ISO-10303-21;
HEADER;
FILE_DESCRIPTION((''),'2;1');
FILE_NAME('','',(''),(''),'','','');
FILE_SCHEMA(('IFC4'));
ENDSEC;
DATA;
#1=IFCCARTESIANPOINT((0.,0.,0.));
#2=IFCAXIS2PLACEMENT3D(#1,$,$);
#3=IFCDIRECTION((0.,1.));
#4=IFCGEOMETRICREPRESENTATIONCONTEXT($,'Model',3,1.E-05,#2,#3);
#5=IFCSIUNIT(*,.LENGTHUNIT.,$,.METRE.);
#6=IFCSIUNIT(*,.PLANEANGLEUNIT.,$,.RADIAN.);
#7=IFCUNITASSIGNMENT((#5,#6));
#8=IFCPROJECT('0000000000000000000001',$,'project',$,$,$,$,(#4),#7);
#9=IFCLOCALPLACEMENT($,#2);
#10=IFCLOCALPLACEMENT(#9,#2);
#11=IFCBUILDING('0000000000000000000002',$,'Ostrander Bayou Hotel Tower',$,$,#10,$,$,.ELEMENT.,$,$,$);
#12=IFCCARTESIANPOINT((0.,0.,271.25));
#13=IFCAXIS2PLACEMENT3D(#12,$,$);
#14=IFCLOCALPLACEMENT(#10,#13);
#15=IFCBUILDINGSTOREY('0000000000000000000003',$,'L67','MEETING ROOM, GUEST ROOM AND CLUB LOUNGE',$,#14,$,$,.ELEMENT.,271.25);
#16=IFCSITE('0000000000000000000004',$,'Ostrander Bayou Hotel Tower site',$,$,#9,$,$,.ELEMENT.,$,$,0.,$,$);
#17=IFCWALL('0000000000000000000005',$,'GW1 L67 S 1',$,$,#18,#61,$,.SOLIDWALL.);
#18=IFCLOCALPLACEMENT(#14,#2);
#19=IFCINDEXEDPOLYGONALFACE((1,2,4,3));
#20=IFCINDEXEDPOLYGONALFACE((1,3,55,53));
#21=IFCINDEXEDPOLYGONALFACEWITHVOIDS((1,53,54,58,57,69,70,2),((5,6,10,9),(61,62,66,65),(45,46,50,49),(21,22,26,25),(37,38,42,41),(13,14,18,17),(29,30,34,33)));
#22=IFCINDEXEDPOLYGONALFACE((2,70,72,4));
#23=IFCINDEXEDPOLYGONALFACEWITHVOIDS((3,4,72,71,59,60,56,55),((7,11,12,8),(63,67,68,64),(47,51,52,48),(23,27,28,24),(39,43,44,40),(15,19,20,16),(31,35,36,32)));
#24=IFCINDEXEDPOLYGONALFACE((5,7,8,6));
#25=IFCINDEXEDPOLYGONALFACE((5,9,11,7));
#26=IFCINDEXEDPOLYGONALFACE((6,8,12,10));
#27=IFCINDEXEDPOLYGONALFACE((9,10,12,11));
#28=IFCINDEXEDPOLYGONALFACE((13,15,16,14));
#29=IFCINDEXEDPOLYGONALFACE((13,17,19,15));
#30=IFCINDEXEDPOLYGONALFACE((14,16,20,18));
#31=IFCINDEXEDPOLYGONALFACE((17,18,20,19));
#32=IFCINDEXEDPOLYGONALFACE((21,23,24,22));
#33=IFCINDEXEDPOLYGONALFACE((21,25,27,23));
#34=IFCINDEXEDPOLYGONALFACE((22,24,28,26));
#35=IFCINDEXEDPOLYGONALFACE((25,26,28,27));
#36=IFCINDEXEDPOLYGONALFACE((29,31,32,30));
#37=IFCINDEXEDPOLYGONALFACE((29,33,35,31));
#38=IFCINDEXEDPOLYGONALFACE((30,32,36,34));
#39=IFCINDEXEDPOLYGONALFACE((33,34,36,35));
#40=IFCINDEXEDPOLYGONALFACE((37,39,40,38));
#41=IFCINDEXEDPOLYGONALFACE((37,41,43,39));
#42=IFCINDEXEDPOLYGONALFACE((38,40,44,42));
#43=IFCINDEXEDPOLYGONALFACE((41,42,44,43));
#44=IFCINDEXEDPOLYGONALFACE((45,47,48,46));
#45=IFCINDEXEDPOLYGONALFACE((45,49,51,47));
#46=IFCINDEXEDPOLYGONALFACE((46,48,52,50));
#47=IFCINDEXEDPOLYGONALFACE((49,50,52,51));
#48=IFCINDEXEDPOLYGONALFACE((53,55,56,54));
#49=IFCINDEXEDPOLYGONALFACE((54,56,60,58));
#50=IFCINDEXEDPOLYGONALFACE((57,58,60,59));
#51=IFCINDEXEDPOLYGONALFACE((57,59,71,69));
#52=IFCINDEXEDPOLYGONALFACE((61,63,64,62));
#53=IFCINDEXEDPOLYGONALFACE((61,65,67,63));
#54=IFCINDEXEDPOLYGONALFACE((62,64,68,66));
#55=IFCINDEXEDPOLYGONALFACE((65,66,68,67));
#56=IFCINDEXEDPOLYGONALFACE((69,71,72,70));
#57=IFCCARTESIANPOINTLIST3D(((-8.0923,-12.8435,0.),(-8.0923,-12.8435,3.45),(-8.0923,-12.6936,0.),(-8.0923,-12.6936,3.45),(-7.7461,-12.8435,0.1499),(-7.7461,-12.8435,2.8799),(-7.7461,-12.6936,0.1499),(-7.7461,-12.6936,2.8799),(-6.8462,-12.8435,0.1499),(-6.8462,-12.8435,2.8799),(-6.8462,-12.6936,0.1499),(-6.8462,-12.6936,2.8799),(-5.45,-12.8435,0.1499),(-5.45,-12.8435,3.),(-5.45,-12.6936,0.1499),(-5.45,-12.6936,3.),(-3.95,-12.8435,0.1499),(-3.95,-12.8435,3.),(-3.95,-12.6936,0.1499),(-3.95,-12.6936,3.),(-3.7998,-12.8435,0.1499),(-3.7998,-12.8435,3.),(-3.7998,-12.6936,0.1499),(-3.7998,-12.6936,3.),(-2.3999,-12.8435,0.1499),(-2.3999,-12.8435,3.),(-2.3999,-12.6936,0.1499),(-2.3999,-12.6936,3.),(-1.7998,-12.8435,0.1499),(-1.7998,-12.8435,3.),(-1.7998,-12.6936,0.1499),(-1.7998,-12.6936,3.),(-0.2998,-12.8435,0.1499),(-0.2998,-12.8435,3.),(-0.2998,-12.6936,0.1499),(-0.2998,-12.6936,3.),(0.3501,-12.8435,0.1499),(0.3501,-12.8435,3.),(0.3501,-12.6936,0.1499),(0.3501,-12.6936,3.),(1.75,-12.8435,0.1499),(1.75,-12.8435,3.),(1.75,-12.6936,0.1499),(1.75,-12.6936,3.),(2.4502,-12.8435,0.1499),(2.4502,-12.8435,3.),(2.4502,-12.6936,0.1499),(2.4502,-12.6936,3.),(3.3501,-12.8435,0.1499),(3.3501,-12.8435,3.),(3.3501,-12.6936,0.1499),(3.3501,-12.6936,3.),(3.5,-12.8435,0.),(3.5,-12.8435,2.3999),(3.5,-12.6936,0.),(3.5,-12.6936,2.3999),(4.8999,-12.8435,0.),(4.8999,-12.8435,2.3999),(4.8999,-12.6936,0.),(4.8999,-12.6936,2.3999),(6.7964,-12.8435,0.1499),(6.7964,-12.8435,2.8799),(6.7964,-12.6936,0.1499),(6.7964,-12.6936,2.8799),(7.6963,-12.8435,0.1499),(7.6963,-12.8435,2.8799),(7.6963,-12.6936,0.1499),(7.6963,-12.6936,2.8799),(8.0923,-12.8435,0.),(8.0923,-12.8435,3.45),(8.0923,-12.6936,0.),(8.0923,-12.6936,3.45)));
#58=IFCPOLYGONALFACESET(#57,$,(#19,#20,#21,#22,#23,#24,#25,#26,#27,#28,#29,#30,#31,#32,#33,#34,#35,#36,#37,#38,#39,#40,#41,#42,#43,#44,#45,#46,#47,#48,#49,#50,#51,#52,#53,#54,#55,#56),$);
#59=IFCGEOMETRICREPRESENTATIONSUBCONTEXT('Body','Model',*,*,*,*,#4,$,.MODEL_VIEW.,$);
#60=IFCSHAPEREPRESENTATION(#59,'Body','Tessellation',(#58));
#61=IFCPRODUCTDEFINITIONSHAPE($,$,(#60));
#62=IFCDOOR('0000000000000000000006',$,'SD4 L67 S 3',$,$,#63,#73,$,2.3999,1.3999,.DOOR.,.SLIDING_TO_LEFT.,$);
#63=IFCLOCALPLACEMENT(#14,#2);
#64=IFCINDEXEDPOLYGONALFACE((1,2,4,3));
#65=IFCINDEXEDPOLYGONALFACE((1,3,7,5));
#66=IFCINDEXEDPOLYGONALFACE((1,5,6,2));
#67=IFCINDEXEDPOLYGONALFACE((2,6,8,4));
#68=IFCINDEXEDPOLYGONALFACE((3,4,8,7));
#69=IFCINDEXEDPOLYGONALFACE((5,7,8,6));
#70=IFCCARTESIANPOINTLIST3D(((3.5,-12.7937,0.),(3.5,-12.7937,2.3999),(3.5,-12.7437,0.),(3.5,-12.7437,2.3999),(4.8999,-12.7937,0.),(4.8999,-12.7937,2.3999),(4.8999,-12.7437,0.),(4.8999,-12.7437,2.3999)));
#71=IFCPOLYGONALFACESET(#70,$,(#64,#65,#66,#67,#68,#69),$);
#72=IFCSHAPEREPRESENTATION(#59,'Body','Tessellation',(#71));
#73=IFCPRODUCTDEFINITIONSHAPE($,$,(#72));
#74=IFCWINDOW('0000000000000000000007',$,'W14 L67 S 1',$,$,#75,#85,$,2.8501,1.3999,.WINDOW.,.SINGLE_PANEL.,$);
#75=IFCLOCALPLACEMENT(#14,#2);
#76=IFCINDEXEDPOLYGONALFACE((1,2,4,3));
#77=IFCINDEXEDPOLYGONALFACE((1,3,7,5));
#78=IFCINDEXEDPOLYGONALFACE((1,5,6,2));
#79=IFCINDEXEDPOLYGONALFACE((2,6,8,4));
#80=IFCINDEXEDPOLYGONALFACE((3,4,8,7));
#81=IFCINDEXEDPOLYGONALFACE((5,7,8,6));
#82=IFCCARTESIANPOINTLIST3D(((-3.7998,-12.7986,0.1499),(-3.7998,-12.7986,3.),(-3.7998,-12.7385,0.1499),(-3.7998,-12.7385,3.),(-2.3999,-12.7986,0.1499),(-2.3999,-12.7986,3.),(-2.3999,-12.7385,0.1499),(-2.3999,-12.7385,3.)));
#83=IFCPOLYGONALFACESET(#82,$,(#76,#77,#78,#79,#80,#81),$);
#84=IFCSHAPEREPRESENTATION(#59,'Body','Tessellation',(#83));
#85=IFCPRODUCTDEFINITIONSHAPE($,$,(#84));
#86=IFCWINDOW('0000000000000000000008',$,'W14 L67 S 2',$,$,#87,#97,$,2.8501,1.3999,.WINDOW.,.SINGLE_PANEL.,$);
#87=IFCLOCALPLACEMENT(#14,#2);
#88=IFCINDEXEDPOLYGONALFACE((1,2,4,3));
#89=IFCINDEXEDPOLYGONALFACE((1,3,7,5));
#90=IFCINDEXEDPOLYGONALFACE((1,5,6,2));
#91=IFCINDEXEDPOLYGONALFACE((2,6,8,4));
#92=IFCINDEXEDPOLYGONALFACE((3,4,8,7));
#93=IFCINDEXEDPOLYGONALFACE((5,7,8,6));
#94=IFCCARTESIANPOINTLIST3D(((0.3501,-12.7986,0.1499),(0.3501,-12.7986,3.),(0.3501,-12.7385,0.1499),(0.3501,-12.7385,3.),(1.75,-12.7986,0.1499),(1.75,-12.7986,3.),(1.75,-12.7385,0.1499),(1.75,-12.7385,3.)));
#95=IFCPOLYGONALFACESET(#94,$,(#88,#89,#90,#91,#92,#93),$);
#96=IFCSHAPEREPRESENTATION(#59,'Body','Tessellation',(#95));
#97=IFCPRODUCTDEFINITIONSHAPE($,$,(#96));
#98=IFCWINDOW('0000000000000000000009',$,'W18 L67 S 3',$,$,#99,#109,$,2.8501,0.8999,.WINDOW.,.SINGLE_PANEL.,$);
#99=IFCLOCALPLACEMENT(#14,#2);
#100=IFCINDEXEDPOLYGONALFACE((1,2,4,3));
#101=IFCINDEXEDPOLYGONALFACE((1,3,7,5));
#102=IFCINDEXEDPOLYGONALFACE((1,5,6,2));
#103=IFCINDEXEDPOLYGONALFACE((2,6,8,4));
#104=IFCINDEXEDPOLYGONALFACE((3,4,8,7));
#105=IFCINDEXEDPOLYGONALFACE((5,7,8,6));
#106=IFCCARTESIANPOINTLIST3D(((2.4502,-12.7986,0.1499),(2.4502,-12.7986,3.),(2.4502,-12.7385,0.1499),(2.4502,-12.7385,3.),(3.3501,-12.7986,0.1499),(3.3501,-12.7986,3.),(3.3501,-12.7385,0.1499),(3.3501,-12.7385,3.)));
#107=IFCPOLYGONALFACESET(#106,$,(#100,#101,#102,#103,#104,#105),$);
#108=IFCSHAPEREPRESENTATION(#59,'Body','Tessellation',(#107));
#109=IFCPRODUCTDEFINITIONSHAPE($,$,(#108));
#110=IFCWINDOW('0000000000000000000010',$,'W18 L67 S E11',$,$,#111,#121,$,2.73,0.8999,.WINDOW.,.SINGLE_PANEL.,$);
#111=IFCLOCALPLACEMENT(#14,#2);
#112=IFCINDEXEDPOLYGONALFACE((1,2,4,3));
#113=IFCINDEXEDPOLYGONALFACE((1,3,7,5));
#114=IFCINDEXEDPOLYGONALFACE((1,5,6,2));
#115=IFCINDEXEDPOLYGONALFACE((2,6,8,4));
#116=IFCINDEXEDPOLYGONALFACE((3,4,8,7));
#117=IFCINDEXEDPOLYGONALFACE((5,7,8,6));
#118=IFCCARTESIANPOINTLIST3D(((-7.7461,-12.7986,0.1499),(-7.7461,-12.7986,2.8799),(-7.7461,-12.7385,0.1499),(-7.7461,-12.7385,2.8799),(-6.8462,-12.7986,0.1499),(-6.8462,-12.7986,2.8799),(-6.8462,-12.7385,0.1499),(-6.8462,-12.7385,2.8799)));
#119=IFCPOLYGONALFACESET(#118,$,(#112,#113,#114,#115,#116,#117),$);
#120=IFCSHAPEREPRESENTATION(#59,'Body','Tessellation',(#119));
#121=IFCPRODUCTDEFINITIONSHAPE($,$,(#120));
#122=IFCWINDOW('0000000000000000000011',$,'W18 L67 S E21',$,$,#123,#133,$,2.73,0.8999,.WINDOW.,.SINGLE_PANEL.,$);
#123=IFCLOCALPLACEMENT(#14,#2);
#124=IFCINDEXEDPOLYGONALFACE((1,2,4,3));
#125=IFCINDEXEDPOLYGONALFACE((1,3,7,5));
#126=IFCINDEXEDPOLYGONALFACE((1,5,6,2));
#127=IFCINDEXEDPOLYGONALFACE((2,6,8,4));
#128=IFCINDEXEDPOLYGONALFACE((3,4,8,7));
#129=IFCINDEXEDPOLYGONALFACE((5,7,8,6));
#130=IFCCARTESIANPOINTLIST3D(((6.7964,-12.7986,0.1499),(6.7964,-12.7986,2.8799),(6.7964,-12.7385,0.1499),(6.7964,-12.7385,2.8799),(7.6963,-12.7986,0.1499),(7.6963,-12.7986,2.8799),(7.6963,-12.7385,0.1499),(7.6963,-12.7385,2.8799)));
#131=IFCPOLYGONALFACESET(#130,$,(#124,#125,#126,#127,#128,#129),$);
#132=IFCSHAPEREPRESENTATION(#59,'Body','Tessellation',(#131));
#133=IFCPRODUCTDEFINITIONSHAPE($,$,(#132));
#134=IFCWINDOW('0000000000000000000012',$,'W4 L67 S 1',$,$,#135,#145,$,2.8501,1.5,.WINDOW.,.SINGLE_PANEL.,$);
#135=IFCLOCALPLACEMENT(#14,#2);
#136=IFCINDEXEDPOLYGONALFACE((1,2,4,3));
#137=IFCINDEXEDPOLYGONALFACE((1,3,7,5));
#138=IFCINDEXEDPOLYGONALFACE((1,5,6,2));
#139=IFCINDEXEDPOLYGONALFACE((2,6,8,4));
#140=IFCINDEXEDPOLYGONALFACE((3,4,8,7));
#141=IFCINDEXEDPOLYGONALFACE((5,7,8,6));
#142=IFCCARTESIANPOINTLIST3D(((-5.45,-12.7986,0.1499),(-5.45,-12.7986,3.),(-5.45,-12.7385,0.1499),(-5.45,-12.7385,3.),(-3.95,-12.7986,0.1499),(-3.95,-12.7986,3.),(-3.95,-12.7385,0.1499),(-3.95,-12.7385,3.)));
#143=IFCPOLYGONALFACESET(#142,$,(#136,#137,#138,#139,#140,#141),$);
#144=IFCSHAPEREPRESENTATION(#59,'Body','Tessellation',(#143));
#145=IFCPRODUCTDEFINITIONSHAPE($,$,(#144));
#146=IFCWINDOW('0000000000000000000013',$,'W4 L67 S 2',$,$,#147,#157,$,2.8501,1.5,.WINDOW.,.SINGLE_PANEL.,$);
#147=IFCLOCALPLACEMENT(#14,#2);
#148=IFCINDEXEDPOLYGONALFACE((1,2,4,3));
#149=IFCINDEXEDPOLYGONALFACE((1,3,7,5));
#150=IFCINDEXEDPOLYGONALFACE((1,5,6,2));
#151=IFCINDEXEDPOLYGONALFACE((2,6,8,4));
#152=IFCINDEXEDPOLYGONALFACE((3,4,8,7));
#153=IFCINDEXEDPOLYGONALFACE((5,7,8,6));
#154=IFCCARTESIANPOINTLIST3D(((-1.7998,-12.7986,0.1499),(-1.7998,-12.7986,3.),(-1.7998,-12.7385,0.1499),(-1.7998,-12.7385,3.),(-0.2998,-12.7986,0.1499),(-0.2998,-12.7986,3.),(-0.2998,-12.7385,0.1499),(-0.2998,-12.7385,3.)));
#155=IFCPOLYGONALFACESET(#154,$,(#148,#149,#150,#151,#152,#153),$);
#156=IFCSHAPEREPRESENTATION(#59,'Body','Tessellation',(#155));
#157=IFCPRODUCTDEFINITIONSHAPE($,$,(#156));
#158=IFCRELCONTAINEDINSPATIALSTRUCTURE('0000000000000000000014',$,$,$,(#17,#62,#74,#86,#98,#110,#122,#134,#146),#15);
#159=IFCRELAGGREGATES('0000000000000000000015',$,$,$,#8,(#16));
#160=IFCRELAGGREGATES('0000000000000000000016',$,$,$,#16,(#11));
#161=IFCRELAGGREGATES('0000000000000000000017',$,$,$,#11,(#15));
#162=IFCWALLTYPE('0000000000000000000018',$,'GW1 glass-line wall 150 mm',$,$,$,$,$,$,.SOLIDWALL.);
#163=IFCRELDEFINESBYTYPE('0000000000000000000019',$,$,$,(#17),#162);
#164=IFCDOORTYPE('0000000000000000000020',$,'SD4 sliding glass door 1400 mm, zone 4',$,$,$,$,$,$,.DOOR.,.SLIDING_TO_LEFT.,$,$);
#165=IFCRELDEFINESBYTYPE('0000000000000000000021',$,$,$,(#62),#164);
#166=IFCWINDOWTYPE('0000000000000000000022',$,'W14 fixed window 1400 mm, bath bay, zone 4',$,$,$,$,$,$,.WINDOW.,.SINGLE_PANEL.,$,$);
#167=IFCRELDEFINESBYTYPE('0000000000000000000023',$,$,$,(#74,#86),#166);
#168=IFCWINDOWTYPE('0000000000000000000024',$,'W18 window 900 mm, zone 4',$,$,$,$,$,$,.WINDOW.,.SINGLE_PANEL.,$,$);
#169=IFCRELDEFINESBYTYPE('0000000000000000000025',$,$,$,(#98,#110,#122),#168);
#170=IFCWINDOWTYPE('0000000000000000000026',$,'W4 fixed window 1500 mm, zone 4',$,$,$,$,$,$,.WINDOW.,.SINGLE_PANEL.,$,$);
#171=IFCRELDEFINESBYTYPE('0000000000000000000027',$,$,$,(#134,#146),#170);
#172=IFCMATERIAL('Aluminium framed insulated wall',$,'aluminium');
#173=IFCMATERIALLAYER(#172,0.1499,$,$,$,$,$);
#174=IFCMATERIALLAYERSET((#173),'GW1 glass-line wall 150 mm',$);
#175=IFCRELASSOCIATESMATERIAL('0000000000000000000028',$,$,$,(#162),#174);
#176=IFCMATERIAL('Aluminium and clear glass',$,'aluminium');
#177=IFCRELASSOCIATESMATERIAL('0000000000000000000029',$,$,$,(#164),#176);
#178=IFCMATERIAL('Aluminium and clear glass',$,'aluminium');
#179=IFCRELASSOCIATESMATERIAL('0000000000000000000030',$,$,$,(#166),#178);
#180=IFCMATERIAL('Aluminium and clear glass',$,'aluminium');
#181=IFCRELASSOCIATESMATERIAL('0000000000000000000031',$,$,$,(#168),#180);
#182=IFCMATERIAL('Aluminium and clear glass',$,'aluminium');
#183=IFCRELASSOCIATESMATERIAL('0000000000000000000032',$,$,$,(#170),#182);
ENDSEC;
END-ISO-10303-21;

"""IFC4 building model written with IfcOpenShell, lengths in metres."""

from ifc_helpers import new_model, si_unit, direction, frame, frame_2d, origin, place, context, subcontext, project, spatial, rectangle, extrude, material, layer, layer_set, type_object, element, fill, save


model = new_model("IFC4")

# Units and contexts
model_context = context("Model", 3, precision=1e-05, world=origin(), true_north=direction((0.0, 1.0)))
body_context = subcontext(model_context, "Body", "Model", "MODEL_VIEW")
ifc_project = project(units=[si_unit("LENGTHUNIT", "METRE"), si_unit("PLANEANGLEUNIT", "RADIAN")], contexts=[model_context])

# Site, building, storey
site_placement = place(None, origin())
site = spatial("IfcSite", under=ifc_project, at=site_placement, Name="Ostrander Bayou Hotel Tower site", CompositionType="ELEMENT", RefElevation=0.0)
building_placement = place(site_placement, origin())
building = spatial("IfcBuilding", under=site, at=building_placement, Name="Ostrander Bayou Hotel Tower", CompositionType="ELEMENT")
storey_placement = place(building_placement, frame((0.0, 0.0, 271.25)))
storey = spatial("IfcBuildingStorey", under=building, at=storey_placement, Name="L67", Description="MEETING ROOM, GUEST ROOM AND CLUB LOUNGE", CompositionType="ELEMENT", Elevation=271.25)

# Wall, openings, door, windows
ifc_material_1 = material(Name="Aluminium framed insulated wall", Category="aluminium")
ifc_layer_1 = layer(ifc_material_1, 0.1499)
ifc_layer_set_1 = layer_set([ifc_layer_1], Name="GW1 glass-line wall 150 mm")
wall_type_1 = type_object("IfcWallType", Name="GW1 glass-line wall 150 mm", PredefinedType="SOLIDWALL", material=ifc_layer_set_1)
wall_1_placement = place(storey_placement, frame((-8.0923, -12.7686, 0.0), z_axis=(0.0, 0.0, 1.0), x_axis=(1.0, 0.0, 0.0)))
wall_1 = element("IfcWall", 1, at=wall_1_placement, inside=storey, type_object=wall_type_1, Name="GW1 L67 S 1", PredefinedType="SOLIDWALL", context=body_context, shape_type="SweptSolid", body=[
    extrude(rectangle(XDim=16.1846, YDim=0.1499, at=frame_2d((8.0923, 0.0))), origin(), (0.0, 0.0, 1.0), 3.45),
])
opening_1_placement = place(wall_1_placement, frame((2.6423, 0.0, 0.1499)))
opening_1 = element("IfcOpeningElement", 2, at=opening_1_placement, cuts=wall_1, PredefinedType="OPENING", context=body_context, shape_type="SweptSolid", body=[
    extrude(rectangle(XDim=1.5, YDim=2.8501, at=frame_2d((0.75, 1.425))), frame((0.0, 0.075, 0.0), z_axis=(0.0, -1.0, 0.0), x_axis=(1.0, 0.0, 0.0)), (0.0, 0.0, 1.0), 0.1499),
])
opening_2_placement = place(wall_1_placement, frame((4.2925, 0.0, 0.1499)))
opening_2 = element("IfcOpeningElement", 3, at=opening_2_placement, cuts=wall_1, PredefinedType="OPENING", context=body_context, shape_type="SweptSolid", body=[
    extrude(rectangle(XDim=1.3999, YDim=2.8501, at=frame_2d((0.7, 1.425))), frame((0.0, 0.075, 0.0), z_axis=(0.0, -1.0, 0.0), x_axis=(1.0, 0.0, 0.0)), (0.0, 0.0, 1.0), 0.1499),
])
opening_3_placement = place(wall_1_placement, frame((6.2925, 0.0, 0.1499)))
opening_3 = element("IfcOpeningElement", 4, at=opening_3_placement, cuts=wall_1, PredefinedType="OPENING", context=body_context, shape_type="SweptSolid", body=[
    extrude(rectangle(XDim=1.5, YDim=2.8501, at=frame_2d((0.75, 1.425))), frame((0.0, 0.075, 0.0), z_axis=(0.0, -1.0, 0.0), x_axis=(1.0, 0.0, 0.0)), (0.0, 0.0, 1.0), 0.1499),
])
opening_4_placement = place(wall_1_placement, frame((8.4424, 0.0, 0.1499)))
opening_4 = element("IfcOpeningElement", 5, at=opening_4_placement, cuts=wall_1, PredefinedType="OPENING", context=body_context, shape_type="SweptSolid", body=[
    extrude(rectangle(XDim=1.3999, YDim=2.8501, at=frame_2d((0.7, 1.425))), frame((0.0, 0.075, 0.0), z_axis=(0.0, -1.0, 0.0), x_axis=(1.0, 0.0, 0.0)), (0.0, 0.0, 1.0), 0.1499),
])
opening_5_placement = place(wall_1_placement, frame((10.5425, 0.0, 0.1499)))
opening_5 = element("IfcOpeningElement", 6, at=opening_5_placement, cuts=wall_1, PredefinedType="OPENING", context=body_context, shape_type="SweptSolid", body=[
    extrude(rectangle(XDim=0.8999, YDim=2.8501, at=frame_2d((0.45, 1.425))), frame((0.0, 0.075, 0.0), z_axis=(0.0, -1.0, 0.0), x_axis=(1.0, 0.0, 0.0)), (0.0, 0.0, 1.0), 0.1499),
])
opening_6_placement = place(wall_1_placement, frame((11.5923, 0.0, 0.0)))
opening_6 = element("IfcOpeningElement", 7, at=opening_6_placement, cuts=wall_1, PredefinedType="OPENING", context=body_context, shape_type="SweptSolid", body=[
    extrude(rectangle(XDim=1.3999, YDim=2.3999, at=frame_2d((0.7, 1.2))), frame((0.0, 0.075, 0.0), z_axis=(0.0, -1.0, 0.0), x_axis=(1.0, 0.0, 0.0)), (0.0, 0.0, 1.0), 0.1499),
])
opening_7_placement = place(wall_1_placement, frame((0.3462, 0.0, 0.1499)))
opening_7 = element("IfcOpeningElement", 8, at=opening_7_placement, cuts=wall_1, PredefinedType="OPENING", context=body_context, shape_type="SweptSolid", body=[
    extrude(rectangle(XDim=0.8999, YDim=2.73, at=frame_2d((0.45, 1.365))), frame((0.0, 0.075, 0.0), z_axis=(0.0, -1.0, 0.0), x_axis=(1.0, 0.0, 0.0)), (0.0, 0.0, 1.0), 0.1499),
])
opening_8_placement = place(wall_1_placement, frame((14.8887, 0.0, 0.1499)))
opening_8 = element("IfcOpeningElement", 9, at=opening_8_placement, cuts=wall_1, PredefinedType="OPENING", context=body_context, shape_type="SweptSolid", body=[
    extrude(rectangle(XDim=0.8999, YDim=2.73, at=frame_2d((0.45, 1.365))), frame((0.0, 0.075, 0.0), z_axis=(0.0, -1.0, 0.0), x_axis=(1.0, 0.0, 0.0)), (0.0, 0.0, 1.0), 0.1499),
])
ifc_material_2 = material(Name="Aluminium and clear glass", Category="aluminium")
door_type_1 = type_object("IfcDoorType", Name="SD4 sliding glass door 1400 mm, zone 4", OperationType="SLIDING_TO_LEFT", PredefinedType="DOOR", material=ifc_material_2)
door_1_placement = place(opening_6_placement, origin())
door_1 = element("IfcDoor", 10, at=door_1_placement, inside=storey, type_object=door_type_1, Name="SD4 L67 S 3", OperationType="SLIDING_TO_LEFT", OverallHeight=2.3999, OverallWidth=1.3999, PredefinedType="DOOR", context=body_context, shape_type="SweptSolid", body=[
    extrude(rectangle(XDim=1.3999, YDim=2.3999, at=frame_2d((0.7, 1.2))), frame((0.0, 0.0249, 0.0), z_axis=(0.0, -1.0, 0.0), x_axis=(1.0, 0.0, 0.0)), (0.0, 0.0, 1.0), 0.05),
])
fill(opening_6, door_1)
ifc_material_3 = material(Name="Aluminium and clear glass", Category="aluminium")
window_type_1 = type_object("IfcWindowType", Name="W14 fixed window 1400 mm, bath bay, zone 4", PartitioningType="SINGLE_PANEL", PredefinedType="WINDOW", material=ifc_material_3)
window_1_placement = place(opening_2_placement, origin())
window_1 = element("IfcWindow", 11, at=window_1_placement, inside=storey, type_object=window_type_1, Name="W14 L67 S 1", OverallHeight=2.8501, OverallWidth=1.3999, PartitioningType="SINGLE_PANEL", PredefinedType="WINDOW", context=body_context, shape_type="SweptSolid", body=[
    extrude(rectangle(XDim=1.3999, YDim=2.8501, at=frame_2d((0.7, 1.425))), frame((0.0, 0.03, 0.0), z_axis=(0.0, -1.0, 0.0), x_axis=(1.0, 0.0, 0.0)), (0.0, 0.0, 1.0), 0.0601),
])
fill(opening_2, window_1)
window_2_placement = place(opening_4_placement, origin())
window_2 = element("IfcWindow", 12, at=window_2_placement, inside=storey, type_object=window_type_1, Name="W14 L67 S 2", OverallHeight=2.8501, OverallWidth=1.3999, PartitioningType="SINGLE_PANEL", PredefinedType="WINDOW", context=body_context, shape_type="SweptSolid", body=[
    extrude(rectangle(XDim=1.3999, YDim=2.8501, at=frame_2d((0.7, 1.425))), frame((0.0, 0.03, 0.0), z_axis=(0.0, -1.0, 0.0), x_axis=(1.0, 0.0, 0.0)), (0.0, 0.0, 1.0), 0.0601),
])
fill(opening_4, window_2)
ifc_material_4 = material(Name="Aluminium and clear glass", Category="aluminium")
window_type_2 = type_object("IfcWindowType", Name="W18 window 900 mm, zone 4", PartitioningType="SINGLE_PANEL", PredefinedType="WINDOW", material=ifc_material_4)
window_3_placement = place(opening_5_placement, origin())
window_3 = element("IfcWindow", 13, at=window_3_placement, inside=storey, type_object=window_type_2, Name="W18 L67 S 3", OverallHeight=2.8501, OverallWidth=0.8999, PartitioningType="SINGLE_PANEL", PredefinedType="WINDOW", context=body_context, shape_type="SweptSolid", body=[
    extrude(rectangle(XDim=0.8999, YDim=2.8501, at=frame_2d((0.45, 1.425))), frame((0.0, 0.03, 0.0), z_axis=(0.0, -1.0, 0.0), x_axis=(1.0, 0.0, 0.0)), (0.0, 0.0, 1.0), 0.0601),
])
fill(opening_5, window_3)
window_4_placement = place(opening_7_placement, origin())
window_4 = element("IfcWindow", 14, at=window_4_placement, inside=storey, type_object=window_type_2, Name="W18 L67 S E11", OverallHeight=2.73, OverallWidth=0.8999, PartitioningType="SINGLE_PANEL", PredefinedType="WINDOW", context=body_context, shape_type="SweptSolid", body=[
    extrude(rectangle(XDim=0.8999, YDim=2.73, at=frame_2d((0.45, 1.365))), frame((0.0, 0.03, 0.0), z_axis=(0.0, -1.0, 0.0), x_axis=(1.0, 0.0, 0.0)), (0.0, 0.0, 1.0), 0.0601),
])
fill(opening_7, window_4)
window_5_placement = place(opening_8_placement, origin())
window_5 = element("IfcWindow", 15, at=window_5_placement, inside=storey, type_object=window_type_2, Name="W18 L67 S E21", OverallHeight=2.73, OverallWidth=0.8999, PartitioningType="SINGLE_PANEL", PredefinedType="WINDOW", context=body_context, shape_type="SweptSolid", body=[
    extrude(rectangle(XDim=0.8999, YDim=2.73, at=frame_2d((0.45, 1.365))), frame((0.0, 0.03, 0.0), z_axis=(0.0, -1.0, 0.0), x_axis=(1.0, 0.0, 0.0)), (0.0, 0.0, 1.0), 0.0601),
])
fill(opening_8, window_5)
ifc_material_5 = material(Name="Aluminium and clear glass", Category="aluminium")
window_type_3 = type_object("IfcWindowType", Name="W4 fixed window 1500 mm, zone 4", PartitioningType="SINGLE_PANEL", PredefinedType="WINDOW", material=ifc_material_5)
window_6_placement = place(opening_1_placement, origin())
window_6 = element("IfcWindow", 16, at=window_6_placement, inside=storey, type_object=window_type_3, Name="W4 L67 S 1", OverallHeight=2.8501, OverallWidth=1.5, PartitioningType="SINGLE_PANEL", PredefinedType="WINDOW", context=body_context, shape_type="SweptSolid", body=[
    extrude(rectangle(XDim=1.5, YDim=2.8501, at=frame_2d((0.75, 1.425))), frame((0.0, 0.03, 0.0), z_axis=(0.0, -1.0, 0.0), x_axis=(1.0, 0.0, 0.0)), (0.0, 0.0, 1.0), 0.0601),
])
fill(opening_1, window_6)
window_7_placement = place(opening_3_placement, origin())
window_7 = element("IfcWindow", 17, at=window_7_placement, inside=storey, type_object=window_type_3, Name="W4 L67 S 2", OverallHeight=2.8501, OverallWidth=1.5, PartitioningType="SINGLE_PANEL", PredefinedType="WINDOW", context=body_context, shape_type="SweptSolid", body=[
    extrude(rectangle(XDim=1.5, YDim=2.8501, at=frame_2d((0.75, 1.425))), frame((0.0, 0.03, 0.0), z_axis=(0.0, -1.0, 0.0), x_axis=(1.0, 0.0, 0.0)), (0.0, 0.0, 1.0), 0.0601),
])
fill(opening_3, window_7)

save(model, "model.ifc")
